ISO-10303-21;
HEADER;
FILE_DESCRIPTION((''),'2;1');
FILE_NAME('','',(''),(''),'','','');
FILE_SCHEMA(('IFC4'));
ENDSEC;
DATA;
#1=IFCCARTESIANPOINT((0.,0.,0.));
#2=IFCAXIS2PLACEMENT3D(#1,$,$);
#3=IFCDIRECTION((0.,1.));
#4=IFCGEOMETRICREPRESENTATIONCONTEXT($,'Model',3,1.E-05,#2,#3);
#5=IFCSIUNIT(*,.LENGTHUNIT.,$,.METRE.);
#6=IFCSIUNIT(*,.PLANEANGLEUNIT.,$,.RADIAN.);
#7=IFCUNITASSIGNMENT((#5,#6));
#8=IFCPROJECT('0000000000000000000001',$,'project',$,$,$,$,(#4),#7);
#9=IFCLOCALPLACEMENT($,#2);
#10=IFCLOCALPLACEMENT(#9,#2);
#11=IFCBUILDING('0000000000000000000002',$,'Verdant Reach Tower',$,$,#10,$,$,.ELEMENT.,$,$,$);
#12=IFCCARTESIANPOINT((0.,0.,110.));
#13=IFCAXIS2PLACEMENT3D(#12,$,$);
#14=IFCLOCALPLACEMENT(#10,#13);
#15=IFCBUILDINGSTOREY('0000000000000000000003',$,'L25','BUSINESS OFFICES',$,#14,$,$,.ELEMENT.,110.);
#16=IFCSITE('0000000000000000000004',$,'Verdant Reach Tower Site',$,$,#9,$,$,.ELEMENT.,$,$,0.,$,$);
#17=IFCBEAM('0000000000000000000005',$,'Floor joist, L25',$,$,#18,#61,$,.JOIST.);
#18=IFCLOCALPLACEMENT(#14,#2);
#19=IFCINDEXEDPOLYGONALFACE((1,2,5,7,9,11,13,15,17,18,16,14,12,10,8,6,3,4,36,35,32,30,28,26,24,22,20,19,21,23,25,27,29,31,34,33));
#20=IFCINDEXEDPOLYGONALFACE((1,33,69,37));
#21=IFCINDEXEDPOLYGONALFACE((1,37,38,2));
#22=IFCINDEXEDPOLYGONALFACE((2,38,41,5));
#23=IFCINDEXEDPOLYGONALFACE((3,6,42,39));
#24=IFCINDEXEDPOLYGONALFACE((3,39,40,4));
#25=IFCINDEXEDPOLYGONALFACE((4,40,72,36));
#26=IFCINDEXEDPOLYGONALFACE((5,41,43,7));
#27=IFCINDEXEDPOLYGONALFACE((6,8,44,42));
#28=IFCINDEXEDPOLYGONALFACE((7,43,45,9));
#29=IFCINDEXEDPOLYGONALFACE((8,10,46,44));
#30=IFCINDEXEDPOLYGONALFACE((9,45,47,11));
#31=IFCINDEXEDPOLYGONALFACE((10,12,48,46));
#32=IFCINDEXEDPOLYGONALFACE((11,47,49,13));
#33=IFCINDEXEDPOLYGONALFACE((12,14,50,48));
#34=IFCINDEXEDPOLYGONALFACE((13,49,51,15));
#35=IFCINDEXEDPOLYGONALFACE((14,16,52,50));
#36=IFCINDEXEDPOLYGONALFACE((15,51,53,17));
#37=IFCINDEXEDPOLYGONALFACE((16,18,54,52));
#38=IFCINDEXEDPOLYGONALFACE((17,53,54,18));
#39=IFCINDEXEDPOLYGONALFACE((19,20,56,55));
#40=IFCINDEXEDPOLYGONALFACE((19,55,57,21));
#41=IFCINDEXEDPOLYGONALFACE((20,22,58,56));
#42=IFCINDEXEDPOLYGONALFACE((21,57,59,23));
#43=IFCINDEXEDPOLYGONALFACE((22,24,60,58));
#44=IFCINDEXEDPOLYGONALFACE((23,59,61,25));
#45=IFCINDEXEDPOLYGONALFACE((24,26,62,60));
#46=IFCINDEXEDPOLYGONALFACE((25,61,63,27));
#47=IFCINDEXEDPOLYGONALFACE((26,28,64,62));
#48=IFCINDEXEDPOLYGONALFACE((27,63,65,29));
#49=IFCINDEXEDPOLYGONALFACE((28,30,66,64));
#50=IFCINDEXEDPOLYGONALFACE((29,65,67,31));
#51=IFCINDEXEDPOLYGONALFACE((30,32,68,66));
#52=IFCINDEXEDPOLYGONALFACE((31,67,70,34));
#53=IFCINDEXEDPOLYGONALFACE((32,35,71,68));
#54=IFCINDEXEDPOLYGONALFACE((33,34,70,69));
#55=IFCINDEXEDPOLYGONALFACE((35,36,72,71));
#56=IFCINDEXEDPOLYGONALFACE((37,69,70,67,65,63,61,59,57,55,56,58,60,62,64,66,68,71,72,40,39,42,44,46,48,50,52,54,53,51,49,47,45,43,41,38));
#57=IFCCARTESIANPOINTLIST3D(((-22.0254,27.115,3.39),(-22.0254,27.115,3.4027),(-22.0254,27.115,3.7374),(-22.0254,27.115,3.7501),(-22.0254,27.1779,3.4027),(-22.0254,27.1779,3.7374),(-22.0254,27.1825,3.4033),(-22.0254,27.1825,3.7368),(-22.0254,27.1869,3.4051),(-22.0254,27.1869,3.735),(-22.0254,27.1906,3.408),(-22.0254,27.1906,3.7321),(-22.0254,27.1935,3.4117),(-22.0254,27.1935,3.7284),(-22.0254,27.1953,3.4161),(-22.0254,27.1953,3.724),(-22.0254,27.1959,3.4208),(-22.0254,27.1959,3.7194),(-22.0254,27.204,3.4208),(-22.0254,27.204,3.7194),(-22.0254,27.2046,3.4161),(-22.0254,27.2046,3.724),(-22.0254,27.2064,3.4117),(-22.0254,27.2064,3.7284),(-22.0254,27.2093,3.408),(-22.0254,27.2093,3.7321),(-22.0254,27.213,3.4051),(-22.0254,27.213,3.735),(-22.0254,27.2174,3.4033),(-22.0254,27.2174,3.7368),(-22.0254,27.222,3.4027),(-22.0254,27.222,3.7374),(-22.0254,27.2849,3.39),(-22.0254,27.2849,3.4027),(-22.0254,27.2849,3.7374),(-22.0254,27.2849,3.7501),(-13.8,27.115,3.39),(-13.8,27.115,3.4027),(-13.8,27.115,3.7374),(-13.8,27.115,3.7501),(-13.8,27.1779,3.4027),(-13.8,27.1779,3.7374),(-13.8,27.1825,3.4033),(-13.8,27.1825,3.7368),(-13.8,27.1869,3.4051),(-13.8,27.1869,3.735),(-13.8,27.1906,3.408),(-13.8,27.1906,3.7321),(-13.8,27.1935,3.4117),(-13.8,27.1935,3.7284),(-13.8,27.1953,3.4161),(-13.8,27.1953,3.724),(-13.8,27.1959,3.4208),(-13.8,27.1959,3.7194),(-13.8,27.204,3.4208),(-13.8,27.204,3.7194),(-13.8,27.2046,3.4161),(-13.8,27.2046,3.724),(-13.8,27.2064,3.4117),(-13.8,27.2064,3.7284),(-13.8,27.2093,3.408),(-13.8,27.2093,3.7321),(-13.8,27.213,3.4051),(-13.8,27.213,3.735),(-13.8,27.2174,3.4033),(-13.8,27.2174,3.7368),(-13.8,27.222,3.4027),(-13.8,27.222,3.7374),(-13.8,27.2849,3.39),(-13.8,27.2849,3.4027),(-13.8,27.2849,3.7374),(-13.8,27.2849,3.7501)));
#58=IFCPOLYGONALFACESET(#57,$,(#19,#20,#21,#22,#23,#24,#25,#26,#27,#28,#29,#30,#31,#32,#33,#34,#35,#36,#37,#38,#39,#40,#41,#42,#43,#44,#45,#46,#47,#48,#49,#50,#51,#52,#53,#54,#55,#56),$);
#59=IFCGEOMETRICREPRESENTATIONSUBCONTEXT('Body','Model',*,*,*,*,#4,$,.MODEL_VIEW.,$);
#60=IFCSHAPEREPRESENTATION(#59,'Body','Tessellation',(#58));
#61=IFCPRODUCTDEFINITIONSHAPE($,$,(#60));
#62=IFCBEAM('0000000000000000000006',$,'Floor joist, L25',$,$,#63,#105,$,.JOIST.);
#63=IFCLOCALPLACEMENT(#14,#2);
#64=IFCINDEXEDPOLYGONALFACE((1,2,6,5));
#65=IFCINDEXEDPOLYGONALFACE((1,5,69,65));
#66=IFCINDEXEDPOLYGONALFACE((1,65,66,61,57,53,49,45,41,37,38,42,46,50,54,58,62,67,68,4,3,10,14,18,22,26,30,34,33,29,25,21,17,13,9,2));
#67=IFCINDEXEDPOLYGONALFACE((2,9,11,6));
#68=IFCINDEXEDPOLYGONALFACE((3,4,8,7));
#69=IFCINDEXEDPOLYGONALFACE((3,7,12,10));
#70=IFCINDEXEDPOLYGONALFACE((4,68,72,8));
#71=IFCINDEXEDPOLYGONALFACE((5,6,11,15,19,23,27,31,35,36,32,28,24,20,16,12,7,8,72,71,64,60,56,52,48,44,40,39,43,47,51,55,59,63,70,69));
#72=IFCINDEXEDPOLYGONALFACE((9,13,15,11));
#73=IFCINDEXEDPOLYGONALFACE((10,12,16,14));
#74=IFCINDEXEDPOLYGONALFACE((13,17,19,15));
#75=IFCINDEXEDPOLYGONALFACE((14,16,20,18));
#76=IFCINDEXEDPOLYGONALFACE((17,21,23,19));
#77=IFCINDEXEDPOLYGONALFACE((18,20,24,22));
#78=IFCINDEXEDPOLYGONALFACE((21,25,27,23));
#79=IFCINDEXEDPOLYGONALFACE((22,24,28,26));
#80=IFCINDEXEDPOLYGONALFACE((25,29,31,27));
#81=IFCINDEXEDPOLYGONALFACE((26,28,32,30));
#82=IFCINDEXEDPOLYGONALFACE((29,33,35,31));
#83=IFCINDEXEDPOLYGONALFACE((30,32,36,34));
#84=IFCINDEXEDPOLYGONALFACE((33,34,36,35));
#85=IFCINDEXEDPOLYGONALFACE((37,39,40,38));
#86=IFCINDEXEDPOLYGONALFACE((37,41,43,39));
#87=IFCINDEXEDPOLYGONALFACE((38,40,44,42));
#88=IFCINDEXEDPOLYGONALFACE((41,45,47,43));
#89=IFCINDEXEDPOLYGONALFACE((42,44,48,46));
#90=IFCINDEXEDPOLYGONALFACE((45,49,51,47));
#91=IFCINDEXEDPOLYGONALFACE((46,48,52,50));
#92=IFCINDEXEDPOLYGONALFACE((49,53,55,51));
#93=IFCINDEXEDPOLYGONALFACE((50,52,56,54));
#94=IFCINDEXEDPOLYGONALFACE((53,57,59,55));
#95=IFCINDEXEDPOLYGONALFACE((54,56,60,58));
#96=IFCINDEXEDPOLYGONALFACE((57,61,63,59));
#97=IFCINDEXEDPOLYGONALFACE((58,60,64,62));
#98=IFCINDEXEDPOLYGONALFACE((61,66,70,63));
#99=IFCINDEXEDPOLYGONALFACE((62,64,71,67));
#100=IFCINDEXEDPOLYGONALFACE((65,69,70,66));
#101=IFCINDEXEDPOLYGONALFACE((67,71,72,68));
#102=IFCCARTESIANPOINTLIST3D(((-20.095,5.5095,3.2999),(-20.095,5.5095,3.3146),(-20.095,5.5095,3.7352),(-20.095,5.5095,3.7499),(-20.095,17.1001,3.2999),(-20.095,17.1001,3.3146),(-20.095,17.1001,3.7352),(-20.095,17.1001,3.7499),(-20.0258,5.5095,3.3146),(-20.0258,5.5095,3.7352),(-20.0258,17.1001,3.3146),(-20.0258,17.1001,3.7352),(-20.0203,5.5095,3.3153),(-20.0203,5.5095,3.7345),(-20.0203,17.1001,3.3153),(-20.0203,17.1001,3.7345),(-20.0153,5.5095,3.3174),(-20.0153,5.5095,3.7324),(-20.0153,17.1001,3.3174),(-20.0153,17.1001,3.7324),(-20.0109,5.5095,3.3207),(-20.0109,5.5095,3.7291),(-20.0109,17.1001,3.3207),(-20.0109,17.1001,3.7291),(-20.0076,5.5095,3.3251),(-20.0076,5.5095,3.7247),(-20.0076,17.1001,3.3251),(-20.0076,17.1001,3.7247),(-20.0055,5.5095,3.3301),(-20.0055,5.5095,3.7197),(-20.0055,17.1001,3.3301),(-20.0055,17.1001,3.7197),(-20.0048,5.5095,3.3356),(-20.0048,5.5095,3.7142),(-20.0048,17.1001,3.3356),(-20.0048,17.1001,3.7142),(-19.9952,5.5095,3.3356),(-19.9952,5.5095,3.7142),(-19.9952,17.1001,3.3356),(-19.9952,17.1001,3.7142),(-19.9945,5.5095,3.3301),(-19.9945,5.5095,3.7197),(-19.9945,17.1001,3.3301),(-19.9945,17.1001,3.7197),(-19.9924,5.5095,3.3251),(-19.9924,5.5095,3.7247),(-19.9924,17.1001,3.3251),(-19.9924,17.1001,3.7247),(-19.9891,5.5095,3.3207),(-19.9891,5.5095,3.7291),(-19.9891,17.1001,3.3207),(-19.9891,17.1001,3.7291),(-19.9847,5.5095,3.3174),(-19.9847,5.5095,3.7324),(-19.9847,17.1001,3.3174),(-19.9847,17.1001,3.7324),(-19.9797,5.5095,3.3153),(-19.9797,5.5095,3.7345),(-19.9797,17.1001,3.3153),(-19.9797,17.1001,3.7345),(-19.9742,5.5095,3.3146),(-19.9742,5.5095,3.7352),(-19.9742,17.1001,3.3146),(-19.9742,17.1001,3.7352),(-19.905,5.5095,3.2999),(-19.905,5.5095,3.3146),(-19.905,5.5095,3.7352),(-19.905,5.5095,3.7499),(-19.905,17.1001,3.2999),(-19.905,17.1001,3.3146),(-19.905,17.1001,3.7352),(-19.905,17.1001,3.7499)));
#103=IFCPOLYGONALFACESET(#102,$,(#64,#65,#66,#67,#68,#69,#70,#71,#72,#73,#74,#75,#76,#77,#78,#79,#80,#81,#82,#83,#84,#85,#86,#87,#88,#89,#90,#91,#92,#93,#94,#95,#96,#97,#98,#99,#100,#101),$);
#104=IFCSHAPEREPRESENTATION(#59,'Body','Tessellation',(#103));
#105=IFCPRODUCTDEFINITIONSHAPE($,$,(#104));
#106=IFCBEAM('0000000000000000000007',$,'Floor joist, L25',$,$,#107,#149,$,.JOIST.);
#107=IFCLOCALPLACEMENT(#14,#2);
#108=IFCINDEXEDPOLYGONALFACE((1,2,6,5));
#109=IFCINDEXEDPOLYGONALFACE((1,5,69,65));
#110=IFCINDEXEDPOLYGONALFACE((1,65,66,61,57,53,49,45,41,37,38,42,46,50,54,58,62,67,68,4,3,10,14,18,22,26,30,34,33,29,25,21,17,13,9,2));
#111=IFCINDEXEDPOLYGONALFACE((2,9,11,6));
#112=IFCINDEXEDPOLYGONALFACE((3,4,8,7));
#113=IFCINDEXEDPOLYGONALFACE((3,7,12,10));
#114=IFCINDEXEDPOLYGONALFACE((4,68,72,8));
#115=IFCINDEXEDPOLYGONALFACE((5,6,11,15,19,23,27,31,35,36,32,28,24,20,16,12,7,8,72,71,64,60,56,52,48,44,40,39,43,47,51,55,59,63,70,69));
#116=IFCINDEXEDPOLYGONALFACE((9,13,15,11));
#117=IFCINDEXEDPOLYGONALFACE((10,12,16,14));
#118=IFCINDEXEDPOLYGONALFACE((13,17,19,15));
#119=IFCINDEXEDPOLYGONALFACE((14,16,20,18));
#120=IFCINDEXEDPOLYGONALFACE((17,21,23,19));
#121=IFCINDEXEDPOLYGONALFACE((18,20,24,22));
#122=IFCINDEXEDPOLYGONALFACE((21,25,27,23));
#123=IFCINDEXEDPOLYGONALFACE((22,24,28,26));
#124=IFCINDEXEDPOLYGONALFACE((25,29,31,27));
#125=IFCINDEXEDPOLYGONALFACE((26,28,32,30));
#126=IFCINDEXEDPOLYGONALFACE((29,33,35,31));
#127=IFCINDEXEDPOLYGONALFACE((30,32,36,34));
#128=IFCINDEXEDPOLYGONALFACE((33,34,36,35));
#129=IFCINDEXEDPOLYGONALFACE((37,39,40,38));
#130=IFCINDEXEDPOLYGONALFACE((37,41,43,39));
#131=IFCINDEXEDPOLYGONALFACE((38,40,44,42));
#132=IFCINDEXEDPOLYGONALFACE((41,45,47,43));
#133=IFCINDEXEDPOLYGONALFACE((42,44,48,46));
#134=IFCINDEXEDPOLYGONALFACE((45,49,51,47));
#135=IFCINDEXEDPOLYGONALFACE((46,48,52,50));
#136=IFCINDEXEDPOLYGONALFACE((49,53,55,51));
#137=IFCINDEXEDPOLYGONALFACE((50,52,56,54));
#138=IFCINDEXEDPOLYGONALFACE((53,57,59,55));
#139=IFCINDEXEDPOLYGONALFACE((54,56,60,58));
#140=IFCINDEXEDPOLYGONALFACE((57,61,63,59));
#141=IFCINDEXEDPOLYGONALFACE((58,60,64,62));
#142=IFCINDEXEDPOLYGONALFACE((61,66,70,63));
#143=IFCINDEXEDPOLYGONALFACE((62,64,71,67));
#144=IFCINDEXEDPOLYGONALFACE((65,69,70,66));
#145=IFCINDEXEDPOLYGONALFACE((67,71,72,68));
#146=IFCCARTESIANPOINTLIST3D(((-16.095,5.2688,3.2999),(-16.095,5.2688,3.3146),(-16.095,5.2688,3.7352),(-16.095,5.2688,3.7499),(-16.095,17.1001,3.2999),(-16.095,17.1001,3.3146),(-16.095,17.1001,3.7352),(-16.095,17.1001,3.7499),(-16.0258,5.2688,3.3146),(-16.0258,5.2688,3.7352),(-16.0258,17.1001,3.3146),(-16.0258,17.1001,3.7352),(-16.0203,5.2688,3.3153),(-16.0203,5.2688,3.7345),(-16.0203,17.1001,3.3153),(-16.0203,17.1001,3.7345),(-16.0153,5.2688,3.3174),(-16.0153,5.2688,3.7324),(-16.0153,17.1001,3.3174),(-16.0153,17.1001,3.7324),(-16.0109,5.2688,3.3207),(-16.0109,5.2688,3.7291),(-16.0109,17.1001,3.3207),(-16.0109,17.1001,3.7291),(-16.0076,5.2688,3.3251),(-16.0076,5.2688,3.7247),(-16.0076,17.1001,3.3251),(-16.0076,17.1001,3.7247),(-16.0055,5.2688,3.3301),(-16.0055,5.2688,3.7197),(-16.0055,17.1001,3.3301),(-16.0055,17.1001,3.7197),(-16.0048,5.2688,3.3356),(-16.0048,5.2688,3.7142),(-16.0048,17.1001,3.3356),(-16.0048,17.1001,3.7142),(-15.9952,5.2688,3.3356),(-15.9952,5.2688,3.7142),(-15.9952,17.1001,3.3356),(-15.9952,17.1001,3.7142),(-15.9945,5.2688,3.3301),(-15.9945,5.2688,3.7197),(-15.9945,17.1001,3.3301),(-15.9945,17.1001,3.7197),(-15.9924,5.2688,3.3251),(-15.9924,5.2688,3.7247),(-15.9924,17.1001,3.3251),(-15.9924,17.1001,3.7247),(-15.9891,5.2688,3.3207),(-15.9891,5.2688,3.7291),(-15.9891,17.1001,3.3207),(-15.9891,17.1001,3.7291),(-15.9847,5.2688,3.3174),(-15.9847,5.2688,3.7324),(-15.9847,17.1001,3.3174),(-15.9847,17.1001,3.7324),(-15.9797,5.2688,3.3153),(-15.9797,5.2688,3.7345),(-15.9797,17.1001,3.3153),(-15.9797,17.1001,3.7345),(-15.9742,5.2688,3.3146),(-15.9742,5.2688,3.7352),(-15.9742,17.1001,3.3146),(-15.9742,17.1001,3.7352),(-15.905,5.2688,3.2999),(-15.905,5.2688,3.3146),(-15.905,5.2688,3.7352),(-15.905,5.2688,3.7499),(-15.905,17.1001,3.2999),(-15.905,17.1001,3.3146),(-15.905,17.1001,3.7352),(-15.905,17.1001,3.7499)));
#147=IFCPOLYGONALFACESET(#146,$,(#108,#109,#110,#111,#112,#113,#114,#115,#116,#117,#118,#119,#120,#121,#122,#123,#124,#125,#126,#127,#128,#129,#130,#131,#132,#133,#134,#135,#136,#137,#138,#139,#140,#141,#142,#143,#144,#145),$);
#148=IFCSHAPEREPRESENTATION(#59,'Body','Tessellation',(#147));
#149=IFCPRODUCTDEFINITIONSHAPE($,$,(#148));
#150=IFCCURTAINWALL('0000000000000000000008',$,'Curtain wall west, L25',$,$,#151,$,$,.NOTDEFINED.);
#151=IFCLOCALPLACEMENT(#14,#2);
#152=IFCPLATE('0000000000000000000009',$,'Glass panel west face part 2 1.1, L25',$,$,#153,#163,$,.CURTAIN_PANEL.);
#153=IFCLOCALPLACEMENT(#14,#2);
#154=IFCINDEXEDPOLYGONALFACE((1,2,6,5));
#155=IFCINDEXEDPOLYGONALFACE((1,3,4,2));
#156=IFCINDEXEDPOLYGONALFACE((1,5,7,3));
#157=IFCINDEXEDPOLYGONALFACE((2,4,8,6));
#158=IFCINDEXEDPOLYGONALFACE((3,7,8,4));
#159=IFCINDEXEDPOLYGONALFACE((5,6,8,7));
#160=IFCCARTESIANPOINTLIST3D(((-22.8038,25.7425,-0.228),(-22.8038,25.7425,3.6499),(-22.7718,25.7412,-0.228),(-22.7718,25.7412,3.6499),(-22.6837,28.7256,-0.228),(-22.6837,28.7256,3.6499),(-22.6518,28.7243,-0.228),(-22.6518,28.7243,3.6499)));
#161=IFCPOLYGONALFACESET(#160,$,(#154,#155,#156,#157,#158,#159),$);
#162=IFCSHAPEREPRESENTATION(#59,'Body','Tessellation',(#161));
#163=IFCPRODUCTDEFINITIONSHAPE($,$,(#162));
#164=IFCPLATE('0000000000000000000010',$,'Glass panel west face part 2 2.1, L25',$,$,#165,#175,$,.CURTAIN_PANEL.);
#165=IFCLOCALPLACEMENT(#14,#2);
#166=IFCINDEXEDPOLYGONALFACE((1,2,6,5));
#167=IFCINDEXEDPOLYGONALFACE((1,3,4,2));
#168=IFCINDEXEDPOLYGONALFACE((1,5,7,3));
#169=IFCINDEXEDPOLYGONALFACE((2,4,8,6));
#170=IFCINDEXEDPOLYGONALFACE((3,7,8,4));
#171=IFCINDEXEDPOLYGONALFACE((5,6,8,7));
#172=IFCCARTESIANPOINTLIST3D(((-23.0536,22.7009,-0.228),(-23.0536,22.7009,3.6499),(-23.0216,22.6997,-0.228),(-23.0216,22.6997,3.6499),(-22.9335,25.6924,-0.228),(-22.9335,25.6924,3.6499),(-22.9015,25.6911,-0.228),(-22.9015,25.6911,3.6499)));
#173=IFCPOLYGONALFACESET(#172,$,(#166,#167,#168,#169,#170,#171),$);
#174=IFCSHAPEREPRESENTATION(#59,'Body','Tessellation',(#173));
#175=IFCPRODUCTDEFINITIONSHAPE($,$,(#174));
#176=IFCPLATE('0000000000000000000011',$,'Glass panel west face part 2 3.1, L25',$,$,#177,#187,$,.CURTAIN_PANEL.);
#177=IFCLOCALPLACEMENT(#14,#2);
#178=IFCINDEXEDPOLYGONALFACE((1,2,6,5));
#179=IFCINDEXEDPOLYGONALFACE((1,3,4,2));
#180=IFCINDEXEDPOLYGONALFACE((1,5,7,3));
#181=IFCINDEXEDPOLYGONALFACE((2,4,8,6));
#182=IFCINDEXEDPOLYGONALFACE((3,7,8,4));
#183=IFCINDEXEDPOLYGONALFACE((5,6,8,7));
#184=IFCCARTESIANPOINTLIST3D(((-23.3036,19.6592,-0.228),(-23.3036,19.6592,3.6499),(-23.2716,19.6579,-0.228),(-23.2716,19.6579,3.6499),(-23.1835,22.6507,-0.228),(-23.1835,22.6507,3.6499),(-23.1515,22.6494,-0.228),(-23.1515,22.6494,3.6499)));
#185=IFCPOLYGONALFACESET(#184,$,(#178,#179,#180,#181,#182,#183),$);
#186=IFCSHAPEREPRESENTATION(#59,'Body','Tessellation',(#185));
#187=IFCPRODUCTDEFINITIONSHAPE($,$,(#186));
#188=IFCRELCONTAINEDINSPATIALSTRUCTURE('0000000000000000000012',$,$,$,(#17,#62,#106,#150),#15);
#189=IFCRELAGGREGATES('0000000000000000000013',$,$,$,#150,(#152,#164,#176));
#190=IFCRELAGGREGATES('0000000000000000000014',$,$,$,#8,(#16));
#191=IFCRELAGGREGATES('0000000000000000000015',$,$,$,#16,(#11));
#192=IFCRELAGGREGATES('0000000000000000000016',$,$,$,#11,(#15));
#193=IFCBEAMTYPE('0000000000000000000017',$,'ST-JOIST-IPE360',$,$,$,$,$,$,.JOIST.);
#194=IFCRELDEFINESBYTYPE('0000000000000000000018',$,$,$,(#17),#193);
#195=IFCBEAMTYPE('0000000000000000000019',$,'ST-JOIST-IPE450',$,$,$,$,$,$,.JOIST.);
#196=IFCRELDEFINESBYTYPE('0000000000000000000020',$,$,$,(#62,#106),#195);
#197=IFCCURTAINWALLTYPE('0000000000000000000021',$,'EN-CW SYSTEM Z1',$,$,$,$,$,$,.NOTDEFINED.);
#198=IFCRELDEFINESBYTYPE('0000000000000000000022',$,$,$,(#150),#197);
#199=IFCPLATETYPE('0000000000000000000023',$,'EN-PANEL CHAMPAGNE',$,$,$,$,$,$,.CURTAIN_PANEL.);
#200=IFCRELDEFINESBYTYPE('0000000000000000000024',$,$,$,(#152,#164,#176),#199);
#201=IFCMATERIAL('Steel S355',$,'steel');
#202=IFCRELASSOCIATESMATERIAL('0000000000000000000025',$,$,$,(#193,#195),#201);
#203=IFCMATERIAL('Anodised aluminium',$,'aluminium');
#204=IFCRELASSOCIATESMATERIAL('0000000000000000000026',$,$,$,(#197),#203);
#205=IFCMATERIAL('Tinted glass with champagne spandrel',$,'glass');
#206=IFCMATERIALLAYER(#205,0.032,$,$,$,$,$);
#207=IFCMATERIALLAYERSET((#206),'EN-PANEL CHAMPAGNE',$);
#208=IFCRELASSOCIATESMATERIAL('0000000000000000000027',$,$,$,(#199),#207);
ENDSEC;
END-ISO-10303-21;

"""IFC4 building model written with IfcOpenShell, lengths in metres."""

from ifc_helpers import new_model, si_unit, direction, frame, origin, origin_2d, place, context, subcontext, project, spatial, rectangle, i_section, extrude, material, layer, layer_set, material_profile, profile_set, type_object, element, aggregate, save


model = new_model("IFC4")

# Units and contexts
model_context = context("Model", 3, precision=1e-05, world=origin(), true_north=direction((0.0, 1.0)))
body_context = subcontext(model_context, "Body", "Model", "MODEL_VIEW")
ifc_project = project(units=[si_unit("LENGTHUNIT", "METRE"), si_unit("PLANEANGLEUNIT", "RADIAN")], contexts=[model_context])

# Site, building, storey
site_placement = place(None, origin())
site = spatial("IfcSite", under=ifc_project, at=site_placement, Name="Verdant Reach Tower Site", CompositionType="ELEMENT", RefElevation=0.0)
building_placement = place(site_placement, origin())
building = spatial("IfcBuilding", under=site, at=building_placement, Name="Verdant Reach Tower", CompositionType="ELEMENT")
storey_placement = place(building_placement, frame((0.0, 0.0, 110.0)))
storey = spatial("IfcBuildingStorey", under=building, at=storey_placement, Name="L25", Description="BUSINESS OFFICES", CompositionType="ELEMENT", Elevation=110.0)

# Beams
ifc_material_1 = material(Name="Steel S355", Category="steel")
ifc_material_profile_1 = material_profile(ifc_material_1, i_section(OverallWidth=0.1699, OverallDepth=0.3601, WebThickness=0.0081, FlangeThickness=0.0127, FilletRadius=0.0181, at=origin_2d()), Name="IPE 360")
ifc_profile_set_1 = profile_set([ifc_material_profile_1], Name="Steel S355")
beam_type_1 = type_object("IfcBeamType", Name="ST-JOIST-IPE360", PredefinedType="JOIST", material=ifc_profile_set_1)
beam_1_placement = place(storey_placement, frame((-13.8, 27.2, 3.5701), z_axis=(-1.0, 0.0, 0.0), x_axis=(0.0, -1.0, 0.0)))
element("IfcBeam", 1, at=beam_1_placement, inside=storey, type_object=beam_type_1, Name="Floor joist, L25", PredefinedType="JOIST", context=body_context, shape_type="SweptSolid", body=[
    extrude(i_section(OverallWidth=0.1699, OverallDepth=0.3601, WebThickness=0.0081, FlangeThickness=0.0127, FilletRadius=0.0181, at=origin_2d()), origin(), (0.0, 0.0, 1.0), 8.2253),
])
ifc_material_profile_2 = material_profile(ifc_material_1, i_section(OverallWidth=0.1899, OverallDepth=0.45, WebThickness=0.0095, FlangeThickness=0.0146, FilletRadius=0.021, at=origin_2d()), Name="IPE 450")
ifc_profile_set_2 = profile_set([ifc_material_profile_2], Name="Steel S355")
beam_type_2 = type_object("IfcBeamType", Name="ST-JOIST-IPE450", PredefinedType="JOIST", material=ifc_profile_set_2)
beam_2_placement = place(storey_placement, frame((-20.0, 17.1001, 3.5249), z_axis=(0.0, -1.0, 0.0), x_axis=(1.0, 0.0, 0.0)))
element("IfcBeam", 2, at=beam_2_placement, inside=storey, type_object=beam_type_2, Name="Floor joist, L25", PredefinedType="JOIST", context=body_context, shape_type="SweptSolid", body=[
    extrude(i_section(OverallWidth=0.1899, OverallDepth=0.45, WebThickness=0.0095, FlangeThickness=0.0146, FilletRadius=0.021, at=origin_2d()), origin(), (0.0, 0.0, 1.0), 11.5906),
])
beam_3_placement = place(storey_placement, frame((-16.0, 17.1001, 3.5249), z_axis=(0.0, -1.0, 0.0), x_axis=(1.0, 0.0, 0.0)))
element("IfcBeam", 3, at=beam_3_placement, inside=storey, type_object=beam_type_2, Name="Floor joist, L25", PredefinedType="JOIST", context=body_context, shape_type="SweptSolid", body=[
    extrude(i_section(OverallWidth=0.1899, OverallDepth=0.45, WebThickness=0.0095, FlangeThickness=0.0146, FilletRadius=0.021, at=origin_2d()), origin(), (0.0, 0.0, 1.0), 11.8313),
])

# Curtain wall, plates
ifc_material_2 = material(Name="Anodised aluminium", Category="aluminium")
curtain_wall_type = type_object("IfcCurtainWallType", Name="EN-CW SYSTEM Z1", PredefinedType="NOTDEFINED", material=ifc_material_2)
curtain_wall_placement = place(storey_placement, origin())
curtain_wall = element("IfcCurtainWall", 4, at=curtain_wall_placement, inside=storey, type_object=curtain_wall_type, Name="Curtain wall west, L25", PredefinedType="NOTDEFINED")
ifc_material_3 = material(Name="Tinted glass with champagne spandrel", Category="glass")
ifc_layer_1 = layer(ifc_material_3, 0.032)
ifc_layer_set_1 = layer_set([ifc_layer_1], Name="EN-PANEL CHAMPAGNE")
plate_type_1 = type_object("IfcPlateType", Name="EN-PANEL CHAMPAGNE", PredefinedType="CURTAIN_PANEL", material=ifc_layer_set_1)
plate_1_placement = place(storey_placement, frame((-22.7278, 27.2334, -0.228), z_axis=(0.0, 0.0, 1.0), x_axis=(-0.040222, -0.999191, 0.0)))
plate_1 = element("IfcPlate", 5, at=plate_1_placement, type_object=plate_type_1, Name="Glass panel west face part 2 1.1, L25", PredefinedType="CURTAIN_PANEL", context=body_context, shape_type="SweptSolid", body=[
    extrude(rectangle(XDim=2.9856, YDim=0.032, at=origin_2d()), origin(), (0.0, 0.0, 1.0), 3.8779),
])
plate_2_placement = place(storey_placement, frame((-22.9775, 24.196, -0.228), z_axis=(0.0, 0.0, 1.0), x_axis=(-0.040109, -0.999195, 0.0)))
plate_2 = element("IfcPlate", 6, at=plate_2_placement, type_object=plate_type_1, Name="Glass panel west face part 2 2.1, L25", PredefinedType="CURTAIN_PANEL", context=body_context, shape_type="SweptSolid", body=[
    extrude(rectangle(XDim=2.9939, YDim=0.032, at=origin_2d()), origin(), (0.0, 0.0, 1.0), 3.8779),
])
plate_3_placement = place(storey_placement, frame((-23.2275, 21.1543, -0.228), z_axis=(0.0, 0.0, 1.0), x_axis=(-0.040109, -0.999195, 0.0)))
plate_3 = element("IfcPlate", 7, at=plate_3_placement, type_object=plate_type_1, Name="Glass panel west face part 2 3.1, L25", PredefinedType="CURTAIN_PANEL", context=body_context, shape_type="SweptSolid", body=[
    extrude(rectangle(XDim=2.9939, YDim=0.032, at=origin_2d()), origin(), (0.0, 0.0, 1.0), 3.8779),
])
aggregate(curtain_wall, [plate_1, plate_2, plate_3])

save(model, "model.ifc")
